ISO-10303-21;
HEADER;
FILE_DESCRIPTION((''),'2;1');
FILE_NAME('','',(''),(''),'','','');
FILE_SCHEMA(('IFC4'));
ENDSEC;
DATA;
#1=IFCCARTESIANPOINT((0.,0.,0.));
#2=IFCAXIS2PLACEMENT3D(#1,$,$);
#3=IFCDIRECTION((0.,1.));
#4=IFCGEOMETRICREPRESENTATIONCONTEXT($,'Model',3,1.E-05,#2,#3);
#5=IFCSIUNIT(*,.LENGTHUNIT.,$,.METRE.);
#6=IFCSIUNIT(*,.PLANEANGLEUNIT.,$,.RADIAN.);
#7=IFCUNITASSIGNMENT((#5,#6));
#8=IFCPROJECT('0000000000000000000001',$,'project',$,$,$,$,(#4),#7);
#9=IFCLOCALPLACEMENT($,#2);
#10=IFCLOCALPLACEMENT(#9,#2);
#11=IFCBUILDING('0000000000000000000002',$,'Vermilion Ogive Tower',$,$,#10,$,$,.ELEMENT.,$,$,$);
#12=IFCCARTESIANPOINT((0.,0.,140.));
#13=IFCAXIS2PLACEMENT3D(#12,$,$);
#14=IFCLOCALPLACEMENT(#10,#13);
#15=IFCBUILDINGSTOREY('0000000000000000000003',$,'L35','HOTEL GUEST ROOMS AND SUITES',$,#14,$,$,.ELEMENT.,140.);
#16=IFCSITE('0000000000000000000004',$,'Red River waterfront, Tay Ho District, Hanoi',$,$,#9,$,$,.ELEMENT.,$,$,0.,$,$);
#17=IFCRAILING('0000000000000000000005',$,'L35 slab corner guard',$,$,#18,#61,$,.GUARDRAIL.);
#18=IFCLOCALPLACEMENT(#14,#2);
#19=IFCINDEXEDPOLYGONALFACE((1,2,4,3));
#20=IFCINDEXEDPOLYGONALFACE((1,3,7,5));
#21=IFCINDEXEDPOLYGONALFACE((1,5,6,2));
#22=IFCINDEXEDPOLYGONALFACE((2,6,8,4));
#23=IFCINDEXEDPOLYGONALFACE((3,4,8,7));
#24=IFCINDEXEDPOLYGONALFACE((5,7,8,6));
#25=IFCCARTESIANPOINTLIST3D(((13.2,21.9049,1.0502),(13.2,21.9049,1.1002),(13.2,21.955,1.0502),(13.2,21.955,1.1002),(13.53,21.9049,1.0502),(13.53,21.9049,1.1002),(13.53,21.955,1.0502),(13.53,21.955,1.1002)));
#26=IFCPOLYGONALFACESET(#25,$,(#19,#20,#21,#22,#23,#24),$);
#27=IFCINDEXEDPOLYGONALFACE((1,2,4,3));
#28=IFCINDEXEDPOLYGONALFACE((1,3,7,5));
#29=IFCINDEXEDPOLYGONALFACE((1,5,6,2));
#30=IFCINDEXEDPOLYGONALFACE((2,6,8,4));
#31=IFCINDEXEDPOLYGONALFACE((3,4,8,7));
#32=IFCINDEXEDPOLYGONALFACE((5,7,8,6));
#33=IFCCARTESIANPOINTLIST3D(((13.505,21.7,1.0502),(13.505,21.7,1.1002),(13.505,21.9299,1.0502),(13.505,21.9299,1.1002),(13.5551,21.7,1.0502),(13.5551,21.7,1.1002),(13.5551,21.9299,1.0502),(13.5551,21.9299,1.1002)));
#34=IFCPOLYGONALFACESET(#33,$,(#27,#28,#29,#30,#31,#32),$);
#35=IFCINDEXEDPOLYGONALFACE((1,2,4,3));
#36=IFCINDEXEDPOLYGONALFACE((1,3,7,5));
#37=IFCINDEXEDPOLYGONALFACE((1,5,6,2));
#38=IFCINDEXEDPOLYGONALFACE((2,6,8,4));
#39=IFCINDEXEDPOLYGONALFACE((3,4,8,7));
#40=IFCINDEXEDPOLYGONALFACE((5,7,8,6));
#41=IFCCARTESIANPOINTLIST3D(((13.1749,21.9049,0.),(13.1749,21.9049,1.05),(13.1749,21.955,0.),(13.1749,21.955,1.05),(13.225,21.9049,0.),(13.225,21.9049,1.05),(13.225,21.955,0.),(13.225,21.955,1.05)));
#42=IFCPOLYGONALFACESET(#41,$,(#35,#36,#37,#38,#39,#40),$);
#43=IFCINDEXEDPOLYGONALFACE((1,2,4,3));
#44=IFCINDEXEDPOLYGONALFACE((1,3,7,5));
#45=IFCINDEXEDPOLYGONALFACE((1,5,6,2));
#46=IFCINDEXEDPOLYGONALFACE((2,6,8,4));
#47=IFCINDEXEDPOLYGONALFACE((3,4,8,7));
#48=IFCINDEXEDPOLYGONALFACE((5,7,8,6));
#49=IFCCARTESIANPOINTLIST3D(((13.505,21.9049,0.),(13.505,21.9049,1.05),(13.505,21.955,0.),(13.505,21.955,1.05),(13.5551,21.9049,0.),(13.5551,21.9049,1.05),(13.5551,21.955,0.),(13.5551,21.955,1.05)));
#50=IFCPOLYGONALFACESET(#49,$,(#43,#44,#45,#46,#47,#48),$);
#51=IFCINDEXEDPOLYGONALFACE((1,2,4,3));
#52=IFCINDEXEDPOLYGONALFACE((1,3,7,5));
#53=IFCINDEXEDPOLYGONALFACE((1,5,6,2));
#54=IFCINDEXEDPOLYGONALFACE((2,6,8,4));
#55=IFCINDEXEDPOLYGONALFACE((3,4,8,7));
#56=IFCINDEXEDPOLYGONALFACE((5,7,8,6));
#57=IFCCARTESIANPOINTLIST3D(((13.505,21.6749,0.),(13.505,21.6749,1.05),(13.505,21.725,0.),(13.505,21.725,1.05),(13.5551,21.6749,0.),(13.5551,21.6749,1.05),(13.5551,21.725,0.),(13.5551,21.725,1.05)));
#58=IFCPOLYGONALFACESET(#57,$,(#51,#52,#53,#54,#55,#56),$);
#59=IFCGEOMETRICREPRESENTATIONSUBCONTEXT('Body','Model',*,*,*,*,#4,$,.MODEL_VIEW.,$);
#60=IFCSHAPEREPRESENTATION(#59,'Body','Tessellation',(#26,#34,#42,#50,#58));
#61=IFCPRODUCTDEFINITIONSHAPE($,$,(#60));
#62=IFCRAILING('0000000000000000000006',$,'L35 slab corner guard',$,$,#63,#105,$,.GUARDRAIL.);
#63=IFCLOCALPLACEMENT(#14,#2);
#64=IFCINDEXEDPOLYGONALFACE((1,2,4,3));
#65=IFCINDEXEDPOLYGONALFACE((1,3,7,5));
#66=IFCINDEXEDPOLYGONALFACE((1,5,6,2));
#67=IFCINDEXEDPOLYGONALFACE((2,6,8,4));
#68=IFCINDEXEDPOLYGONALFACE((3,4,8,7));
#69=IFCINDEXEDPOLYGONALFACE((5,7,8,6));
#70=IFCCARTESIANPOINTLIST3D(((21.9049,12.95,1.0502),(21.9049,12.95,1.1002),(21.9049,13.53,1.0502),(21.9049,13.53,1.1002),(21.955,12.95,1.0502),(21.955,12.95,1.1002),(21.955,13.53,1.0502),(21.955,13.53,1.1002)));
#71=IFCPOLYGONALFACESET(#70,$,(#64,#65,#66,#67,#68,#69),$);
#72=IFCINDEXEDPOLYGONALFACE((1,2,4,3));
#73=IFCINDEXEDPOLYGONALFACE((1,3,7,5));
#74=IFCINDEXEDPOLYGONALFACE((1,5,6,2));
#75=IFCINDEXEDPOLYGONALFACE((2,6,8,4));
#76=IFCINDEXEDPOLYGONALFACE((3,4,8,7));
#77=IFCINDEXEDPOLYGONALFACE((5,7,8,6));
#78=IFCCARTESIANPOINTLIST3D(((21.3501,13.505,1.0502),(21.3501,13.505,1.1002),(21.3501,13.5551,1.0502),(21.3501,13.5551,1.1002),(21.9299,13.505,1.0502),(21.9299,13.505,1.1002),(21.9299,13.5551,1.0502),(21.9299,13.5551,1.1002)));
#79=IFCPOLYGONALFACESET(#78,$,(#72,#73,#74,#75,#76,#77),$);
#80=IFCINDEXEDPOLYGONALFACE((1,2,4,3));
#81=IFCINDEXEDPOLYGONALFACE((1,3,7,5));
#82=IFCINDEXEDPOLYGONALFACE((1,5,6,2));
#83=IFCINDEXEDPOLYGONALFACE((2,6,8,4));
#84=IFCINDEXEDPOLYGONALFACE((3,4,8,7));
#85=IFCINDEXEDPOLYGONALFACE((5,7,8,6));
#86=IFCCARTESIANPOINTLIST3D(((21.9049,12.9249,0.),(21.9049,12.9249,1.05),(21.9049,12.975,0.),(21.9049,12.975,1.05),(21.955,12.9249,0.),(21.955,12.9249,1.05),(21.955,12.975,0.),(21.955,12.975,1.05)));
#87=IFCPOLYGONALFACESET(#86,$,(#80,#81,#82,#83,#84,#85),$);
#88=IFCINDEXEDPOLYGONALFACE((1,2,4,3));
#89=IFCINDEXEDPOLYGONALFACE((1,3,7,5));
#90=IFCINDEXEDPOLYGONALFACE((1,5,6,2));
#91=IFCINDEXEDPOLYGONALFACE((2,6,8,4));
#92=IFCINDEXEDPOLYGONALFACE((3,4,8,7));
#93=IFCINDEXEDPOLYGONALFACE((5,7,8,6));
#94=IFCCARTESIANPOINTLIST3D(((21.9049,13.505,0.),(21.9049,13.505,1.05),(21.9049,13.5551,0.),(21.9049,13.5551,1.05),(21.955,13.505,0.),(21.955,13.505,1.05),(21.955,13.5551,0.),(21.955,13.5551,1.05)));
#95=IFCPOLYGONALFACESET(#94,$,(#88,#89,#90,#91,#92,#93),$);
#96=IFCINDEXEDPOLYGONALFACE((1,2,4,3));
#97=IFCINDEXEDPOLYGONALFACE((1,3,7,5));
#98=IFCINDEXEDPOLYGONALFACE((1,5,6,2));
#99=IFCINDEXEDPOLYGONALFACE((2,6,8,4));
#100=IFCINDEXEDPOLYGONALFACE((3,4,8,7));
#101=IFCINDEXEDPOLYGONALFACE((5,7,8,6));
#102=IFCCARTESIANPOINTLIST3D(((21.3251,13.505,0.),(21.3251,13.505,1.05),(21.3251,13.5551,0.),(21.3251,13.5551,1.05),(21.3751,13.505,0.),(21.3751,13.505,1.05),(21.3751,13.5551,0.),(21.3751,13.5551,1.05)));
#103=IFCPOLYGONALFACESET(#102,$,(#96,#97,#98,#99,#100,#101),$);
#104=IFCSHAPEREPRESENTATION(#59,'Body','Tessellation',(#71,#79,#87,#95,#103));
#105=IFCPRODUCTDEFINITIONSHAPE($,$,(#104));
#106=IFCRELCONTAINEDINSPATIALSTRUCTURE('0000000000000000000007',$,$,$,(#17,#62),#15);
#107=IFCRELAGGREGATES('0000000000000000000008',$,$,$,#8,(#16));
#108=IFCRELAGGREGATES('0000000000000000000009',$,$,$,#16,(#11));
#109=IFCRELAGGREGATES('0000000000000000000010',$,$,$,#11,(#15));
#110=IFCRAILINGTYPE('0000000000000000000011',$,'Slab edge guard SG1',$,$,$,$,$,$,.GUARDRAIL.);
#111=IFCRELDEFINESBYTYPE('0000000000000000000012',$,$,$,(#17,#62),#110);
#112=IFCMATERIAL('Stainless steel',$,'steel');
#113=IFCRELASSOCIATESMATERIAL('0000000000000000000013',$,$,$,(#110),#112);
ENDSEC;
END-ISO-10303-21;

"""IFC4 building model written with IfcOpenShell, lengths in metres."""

from ifc_helpers import new_model, si_unit, direction, frame, origin, origin_2d, place, context, subcontext, project, spatial, rectangle, extrude, material, type_object, element, save


model = new_model("IFC4")

# Units and contexts
model_context = context("Model", 3, precision=1e-05, world=origin(), true_north=direction((0.0, 1.0)))
body_context = subcontext(model_context, "Body", "Model", "MODEL_VIEW")
ifc_project = project(units=[si_unit("LENGTHUNIT", "METRE"), si_unit("PLANEANGLEUNIT", "RADIAN")], contexts=[model_context])

# Site, building, storey
site_placement = place(None, origin())
site = spatial("IfcSite", under=ifc_project, at=site_placement, Name="Red River waterfront, Tay Ho District, Hanoi", CompositionType="ELEMENT", RefElevation=0.0)
building_placement = place(site_placement, origin())
building = spatial("IfcBuilding", under=site, at=building_placement, Name="Vermilion Ogive Tower", CompositionType="ELEMENT")
storey_placement = place(building_placement, frame((0.0, 0.0, 140.0)))
storey = spatial("IfcBuildingStorey", under=building, at=storey_placement, Name="L35", Description="HOTEL GUEST ROOMS AND SUITES", CompositionType="ELEMENT", Elevation=140.0)

# Railings
ifc_material_1 = material(Name="Stainless steel", Category="steel")
railing_type = type_object("IfcRailingType", Name="Slab edge guard SG1", PredefinedType="GUARDRAIL", material=ifc_material_1)
railing_1_placement = place(storey_placement, frame((13.2, 21.9299, 0.0)))
element("IfcRailing", 1, at=railing_1_placement, inside=storey, type_object=railing_type, Name="L35 slab corner guard", PredefinedType="GUARDRAIL", context=body_context, shape_type="SweptSolid", body=[
    extrude(rectangle(XDim=0.05, YDim=0.05, at=origin_2d()), frame((0.0, 0.0, 1.0752), z_axis=(1.0, 0.0, 0.0), x_axis=(0.0, 1.0, 0.0)), (0.0, 0.0, 1.0), 0.3301),
    extrude(rectangle(XDim=0.05, YDim=0.05, at=origin_2d()), frame((0.3301, 0.0, 1.0752), z_axis=(0.0, -1.0, 0.0), x_axis=(1.0, 0.0, 0.0)), (0.0, 0.0, 1.0), 0.23),
    extrude(rectangle(XDim=0.05, YDim=0.05, at=origin_2d()), origin(), (0.0, 0.0, 1.0), 1.05),
    extrude(rectangle(XDim=0.05, YDim=0.05, at=origin_2d()), frame((0.3301, 0.0, 0.0)), (0.0, 0.0, 1.0), 1.05),
    extrude(rectangle(XDim=0.05, YDim=0.05, at=origin_2d()), frame((0.3301, -0.23, 0.0)), (0.0, 0.0, 1.0), 1.05),
])
railing_2_placement = place(storey_placement, frame((21.9299, 12.95, 0.0)))
element("IfcRailing", 2, at=railing_2_placement, inside=storey, type_object=railing_type, Name="L35 slab corner guard", PredefinedType="GUARDRAIL", context=body_context, shape_type="SweptSolid", body=[
    extrude(rectangle(XDim=0.05, YDim=0.05, at=origin_2d()), frame((0.0, 0.0, 1.0752), z_axis=(0.0, 1.0, 0.0), x_axis=(-1.0, 0.0, 0.0)), (0.0, 0.0, 1.0), 0.5801),
    extrude(rectangle(XDim=0.05, YDim=0.05, at=origin_2d()), frame((0.0, 0.5801, 1.0752), z_axis=(-1.0, 0.0, 0.0), x_axis=(0.0, -1.0, 0.0)), (0.0, 0.0, 1.0), 0.5798),
    extrude(rectangle(XDim=0.05, YDim=0.05, at=origin_2d()), origin(), (0.0, 0.0, 1.0), 1.05),
    extrude(rectangle(XDim=0.05, YDim=0.05, at=origin_2d()), frame((0.0, 0.5801, 0.0)), (0.0, 0.0, 1.0), 1.05),
    extrude(rectangle(XDim=0.05, YDim=0.05, at=origin_2d()), frame((-0.5798, 0.5801, 0.0)), (0.0, 0.0, 1.0), 1.05),
])

save(model, "model.ifc")
